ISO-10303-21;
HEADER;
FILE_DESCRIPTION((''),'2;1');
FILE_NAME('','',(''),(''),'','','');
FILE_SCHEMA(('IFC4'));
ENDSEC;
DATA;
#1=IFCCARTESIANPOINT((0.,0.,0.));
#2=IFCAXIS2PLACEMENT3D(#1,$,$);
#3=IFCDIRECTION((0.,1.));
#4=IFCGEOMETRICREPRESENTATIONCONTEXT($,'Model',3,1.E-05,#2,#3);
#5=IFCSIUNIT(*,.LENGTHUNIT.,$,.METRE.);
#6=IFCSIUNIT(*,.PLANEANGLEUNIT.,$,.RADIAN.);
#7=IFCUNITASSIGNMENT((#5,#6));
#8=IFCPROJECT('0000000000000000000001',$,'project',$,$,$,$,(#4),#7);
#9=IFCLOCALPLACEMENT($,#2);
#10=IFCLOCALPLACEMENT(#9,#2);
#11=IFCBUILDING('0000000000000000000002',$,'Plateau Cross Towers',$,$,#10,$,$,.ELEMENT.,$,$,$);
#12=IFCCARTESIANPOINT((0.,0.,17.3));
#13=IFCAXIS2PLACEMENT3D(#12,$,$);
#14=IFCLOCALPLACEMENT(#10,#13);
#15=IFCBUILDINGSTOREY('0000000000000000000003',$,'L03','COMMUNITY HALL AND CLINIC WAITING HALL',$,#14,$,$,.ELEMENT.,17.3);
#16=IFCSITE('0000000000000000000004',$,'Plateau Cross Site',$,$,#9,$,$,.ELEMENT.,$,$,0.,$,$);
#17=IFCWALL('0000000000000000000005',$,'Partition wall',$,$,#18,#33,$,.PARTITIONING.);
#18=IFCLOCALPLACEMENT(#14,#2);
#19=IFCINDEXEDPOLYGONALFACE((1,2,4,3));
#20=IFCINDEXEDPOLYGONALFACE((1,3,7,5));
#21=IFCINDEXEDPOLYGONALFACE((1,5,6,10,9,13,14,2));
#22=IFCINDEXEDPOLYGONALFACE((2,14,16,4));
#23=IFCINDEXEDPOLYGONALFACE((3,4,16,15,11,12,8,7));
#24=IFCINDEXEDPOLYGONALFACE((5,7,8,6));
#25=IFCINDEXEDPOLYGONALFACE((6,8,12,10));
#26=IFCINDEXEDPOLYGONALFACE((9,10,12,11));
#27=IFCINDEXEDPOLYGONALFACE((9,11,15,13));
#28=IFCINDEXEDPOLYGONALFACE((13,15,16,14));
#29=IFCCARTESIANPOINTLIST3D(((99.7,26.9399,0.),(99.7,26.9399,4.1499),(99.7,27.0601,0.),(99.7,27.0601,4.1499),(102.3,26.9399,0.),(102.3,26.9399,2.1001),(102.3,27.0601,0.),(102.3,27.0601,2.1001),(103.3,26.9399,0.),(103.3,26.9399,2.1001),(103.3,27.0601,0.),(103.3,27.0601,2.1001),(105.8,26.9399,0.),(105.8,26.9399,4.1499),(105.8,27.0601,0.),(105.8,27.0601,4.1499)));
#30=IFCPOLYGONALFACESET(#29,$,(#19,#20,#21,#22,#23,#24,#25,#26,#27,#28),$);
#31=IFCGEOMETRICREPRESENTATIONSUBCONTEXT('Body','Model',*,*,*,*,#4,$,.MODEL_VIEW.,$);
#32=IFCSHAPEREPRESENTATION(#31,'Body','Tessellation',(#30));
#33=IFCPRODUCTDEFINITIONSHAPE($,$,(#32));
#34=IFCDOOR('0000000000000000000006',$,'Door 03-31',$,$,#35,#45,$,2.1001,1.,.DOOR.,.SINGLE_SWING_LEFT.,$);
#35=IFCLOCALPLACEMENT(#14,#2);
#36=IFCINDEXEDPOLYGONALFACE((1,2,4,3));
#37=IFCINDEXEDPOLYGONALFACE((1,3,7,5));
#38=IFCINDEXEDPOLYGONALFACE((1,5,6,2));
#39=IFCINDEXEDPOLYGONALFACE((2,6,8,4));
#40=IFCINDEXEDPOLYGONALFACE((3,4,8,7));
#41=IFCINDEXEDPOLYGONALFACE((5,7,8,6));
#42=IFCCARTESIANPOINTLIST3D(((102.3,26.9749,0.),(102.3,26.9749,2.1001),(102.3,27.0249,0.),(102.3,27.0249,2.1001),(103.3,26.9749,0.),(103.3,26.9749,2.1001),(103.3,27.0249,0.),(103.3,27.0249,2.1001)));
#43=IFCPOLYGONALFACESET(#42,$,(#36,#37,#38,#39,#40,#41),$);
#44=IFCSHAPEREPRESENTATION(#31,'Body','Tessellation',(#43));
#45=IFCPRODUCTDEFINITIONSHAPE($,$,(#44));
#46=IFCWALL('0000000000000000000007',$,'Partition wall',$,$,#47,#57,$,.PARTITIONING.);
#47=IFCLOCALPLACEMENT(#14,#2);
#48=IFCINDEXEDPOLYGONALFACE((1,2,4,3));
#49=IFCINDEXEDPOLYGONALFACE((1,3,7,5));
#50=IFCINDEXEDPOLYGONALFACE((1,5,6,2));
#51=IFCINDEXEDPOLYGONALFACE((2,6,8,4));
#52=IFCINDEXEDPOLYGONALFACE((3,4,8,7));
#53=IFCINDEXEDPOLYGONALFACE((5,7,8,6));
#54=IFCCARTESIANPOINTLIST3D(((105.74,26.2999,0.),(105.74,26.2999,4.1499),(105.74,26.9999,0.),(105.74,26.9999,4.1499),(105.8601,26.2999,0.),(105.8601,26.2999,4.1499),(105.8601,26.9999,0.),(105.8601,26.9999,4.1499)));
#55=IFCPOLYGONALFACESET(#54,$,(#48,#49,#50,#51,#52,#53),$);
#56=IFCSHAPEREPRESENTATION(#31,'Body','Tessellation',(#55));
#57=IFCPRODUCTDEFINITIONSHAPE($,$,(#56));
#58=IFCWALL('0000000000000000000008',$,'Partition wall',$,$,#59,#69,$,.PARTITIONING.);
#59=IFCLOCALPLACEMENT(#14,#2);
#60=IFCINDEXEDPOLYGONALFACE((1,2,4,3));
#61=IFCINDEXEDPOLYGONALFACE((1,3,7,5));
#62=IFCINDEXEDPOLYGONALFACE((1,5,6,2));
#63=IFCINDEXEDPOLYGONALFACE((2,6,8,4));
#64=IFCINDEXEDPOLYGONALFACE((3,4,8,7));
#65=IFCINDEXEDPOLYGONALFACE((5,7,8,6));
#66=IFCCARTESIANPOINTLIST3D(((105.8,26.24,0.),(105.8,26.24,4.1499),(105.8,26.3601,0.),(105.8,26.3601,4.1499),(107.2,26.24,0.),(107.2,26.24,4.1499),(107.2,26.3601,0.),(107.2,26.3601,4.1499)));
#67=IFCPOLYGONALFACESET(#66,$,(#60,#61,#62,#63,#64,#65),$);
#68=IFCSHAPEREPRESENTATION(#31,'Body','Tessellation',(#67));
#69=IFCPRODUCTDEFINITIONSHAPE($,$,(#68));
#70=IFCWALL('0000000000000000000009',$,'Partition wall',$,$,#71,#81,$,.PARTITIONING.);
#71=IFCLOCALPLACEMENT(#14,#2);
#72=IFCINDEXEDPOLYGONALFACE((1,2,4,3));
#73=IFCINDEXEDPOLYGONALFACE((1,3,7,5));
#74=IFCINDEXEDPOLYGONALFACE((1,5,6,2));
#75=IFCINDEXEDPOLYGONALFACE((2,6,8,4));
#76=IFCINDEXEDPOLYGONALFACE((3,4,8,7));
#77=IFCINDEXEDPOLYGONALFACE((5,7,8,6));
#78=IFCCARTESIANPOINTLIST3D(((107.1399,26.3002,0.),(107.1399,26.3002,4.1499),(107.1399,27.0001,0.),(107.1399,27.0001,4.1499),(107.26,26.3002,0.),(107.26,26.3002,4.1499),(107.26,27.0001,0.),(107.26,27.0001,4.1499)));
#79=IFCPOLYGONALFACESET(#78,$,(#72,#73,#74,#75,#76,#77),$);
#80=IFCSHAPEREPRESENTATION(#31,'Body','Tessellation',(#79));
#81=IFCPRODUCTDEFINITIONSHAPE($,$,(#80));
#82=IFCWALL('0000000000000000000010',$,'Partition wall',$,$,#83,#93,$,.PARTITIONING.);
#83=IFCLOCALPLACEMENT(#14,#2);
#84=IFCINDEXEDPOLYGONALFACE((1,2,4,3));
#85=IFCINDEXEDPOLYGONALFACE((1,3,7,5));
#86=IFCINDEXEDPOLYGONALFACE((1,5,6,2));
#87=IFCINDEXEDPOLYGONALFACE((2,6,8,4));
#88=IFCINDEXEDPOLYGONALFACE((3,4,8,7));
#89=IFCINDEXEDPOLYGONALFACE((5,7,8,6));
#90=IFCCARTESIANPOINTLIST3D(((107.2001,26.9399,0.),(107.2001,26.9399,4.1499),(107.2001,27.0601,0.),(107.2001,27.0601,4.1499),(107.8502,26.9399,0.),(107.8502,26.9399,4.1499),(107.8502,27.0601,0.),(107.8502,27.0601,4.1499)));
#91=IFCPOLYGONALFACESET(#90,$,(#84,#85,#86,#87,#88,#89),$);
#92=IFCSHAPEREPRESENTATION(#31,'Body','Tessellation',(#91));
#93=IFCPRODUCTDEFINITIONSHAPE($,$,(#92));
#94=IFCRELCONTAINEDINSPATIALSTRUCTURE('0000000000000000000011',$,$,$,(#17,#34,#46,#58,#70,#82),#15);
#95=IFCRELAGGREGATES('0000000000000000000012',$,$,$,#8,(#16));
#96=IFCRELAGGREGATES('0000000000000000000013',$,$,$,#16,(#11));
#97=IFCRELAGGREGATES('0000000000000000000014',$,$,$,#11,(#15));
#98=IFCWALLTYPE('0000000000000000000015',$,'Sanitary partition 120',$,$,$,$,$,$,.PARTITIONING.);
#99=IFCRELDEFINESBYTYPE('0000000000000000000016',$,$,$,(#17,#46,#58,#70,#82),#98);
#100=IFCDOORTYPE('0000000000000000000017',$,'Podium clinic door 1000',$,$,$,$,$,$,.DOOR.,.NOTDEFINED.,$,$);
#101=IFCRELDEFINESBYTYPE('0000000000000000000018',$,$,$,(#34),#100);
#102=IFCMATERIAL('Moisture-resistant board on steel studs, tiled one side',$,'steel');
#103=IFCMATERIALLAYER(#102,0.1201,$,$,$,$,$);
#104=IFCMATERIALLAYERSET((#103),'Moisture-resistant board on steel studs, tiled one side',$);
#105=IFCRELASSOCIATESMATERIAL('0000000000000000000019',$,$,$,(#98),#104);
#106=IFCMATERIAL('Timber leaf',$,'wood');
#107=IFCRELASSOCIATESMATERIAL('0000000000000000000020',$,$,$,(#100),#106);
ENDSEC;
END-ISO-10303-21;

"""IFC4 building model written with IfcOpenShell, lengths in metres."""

from ifc_helpers import new_model, si_unit, direction, frame, frame_2d, origin, place, context, subcontext, project, spatial, rectangle, extrude, material, layer, layer_set, type_object, element, fill, save


model = new_model("IFC4")

# Units and contexts
model_context = context("Model", 3, precision=1e-05, world=origin(), true_north=direction((0.0, 1.0)))
body_context = subcontext(model_context, "Body", "Model", "MODEL_VIEW")
ifc_project = project(units=[si_unit("LENGTHUNIT", "METRE"), si_unit("PLANEANGLEUNIT", "RADIAN")], contexts=[model_context])

# Site, building, storey
site_placement = place(None, origin())
site = spatial("IfcSite", under=ifc_project, at=site_placement, Name="Plateau Cross Site", CompositionType="ELEMENT", RefElevation=0.0)
building_placement = place(site_placement, origin())
building = spatial("IfcBuilding", under=site, at=building_placement, Name="Plateau Cross Towers", CompositionType="ELEMENT")
storey_placement = place(building_placement, frame((0.0, 0.0, 17.3)))
storey = spatial("IfcBuildingStorey", under=building, at=storey_placement, Name="L03", Description="COMMUNITY HALL AND CLINIC WAITING HALL", CompositionType="ELEMENT", Elevation=17.3)

# Shared definitions
ifc_material_1 = material(Name="Moisture-resistant board on steel studs, tiled one side", Category="steel")
ifc_layer_1 = layer(ifc_material_1, 0.1201)
ifc_layer_set_1 = layer_set([ifc_layer_1], Name="Moisture-resistant board on steel studs, tiled one side")
wall_type_1 = type_object("IfcWallType", Name="Sanitary partition 120", PredefinedType="PARTITIONING", material=ifc_layer_set_1)

# Wall, opening, door
wall_1_placement = place(storey_placement, frame((99.7, 27.0, 0.0), z_axis=(0.0, 0.0, 1.0), x_axis=(1.0, 0.0, 0.0)))
wall_1 = element("IfcWall", 1, at=wall_1_placement, inside=storey, type_object=wall_type_1, Name="Partition wall", PredefinedType="PARTITIONING", context=body_context, shape_type="SweptSolid", body=[
    extrude(rectangle(XDim=6.1001, YDim=0.1201, at=frame_2d((3.05, 0.0))), origin(), (0.0, 0.0, 1.0), 4.1499),
])
opening_1_placement = place(wall_1_placement, frame((2.6001, 0.0, 0.0)))
opening_1 = element("IfcOpeningElement", 2, at=opening_1_placement, cuts=wall_1, PredefinedType="OPENING", context=body_context, shape_type="SweptSolid", body=[
    extrude(rectangle(XDim=1.0, YDim=2.1001, at=frame_2d((0.5, 1.05))), frame((0.0, 0.0701, 0.0), z_axis=(0.0, -1.0, 0.0), x_axis=(1.0, 0.0, 0.0)), (0.0, 0.0, 1.0), 0.1401),
])
ifc_material_2 = material(Name="Timber leaf", Category="wood")
door_type_1 = type_object("IfcDoorType", Name="Podium clinic door 1000", OperationType="NOTDEFINED", PredefinedType="DOOR", material=ifc_material_2)
door_1_placement = place(opening_1_placement, origin())
door_1 = element("IfcDoor", 3, at=door_1_placement, inside=storey, type_object=door_type_1, Name="Door 03-31", OperationType="SINGLE_SWING_LEFT", OverallHeight=2.1001, OverallWidth=1.0, PredefinedType="DOOR", context=body_context, shape_type="SweptSolid", body=[
    extrude(rectangle(XDim=1.0, YDim=2.1001, at=frame_2d((0.5, 1.05))), frame((0.0, 0.0249, 0.0), z_axis=(0.0, -1.0, 0.0), x_axis=(1.0, 0.0, 0.0)), (0.0, 0.0, 1.0), 0.05),
])
fill(opening_1, door_1)

# Walls
wall_2_placement = place(storey_placement, frame((105.8, 27.0, 0.0), z_axis=(0.0, 0.0, 1.0), x_axis=(0.0, -1.0, 0.0)))
element("IfcWall", 4, at=wall_2_placement, inside=storey, type_object=wall_type_1, Name="Partition wall", PredefinedType="PARTITIONING", context=body_context, shape_type="SweptSolid", body=[
    extrude(rectangle(XDim=0.7, YDim=0.1201, at=frame_2d((0.3501, 0.0))), origin(), (0.0, 0.0, 1.0), 4.1499),
])
wall_3_placement = place(storey_placement, frame((105.8, 26.3, 0.0), z_axis=(0.0, 0.0, 1.0), x_axis=(1.0, 0.0, 0.0)))
element("IfcWall", 5, at=wall_3_placement, inside=storey, type_object=wall_type_1, Name="Partition wall", PredefinedType="PARTITIONING", context=body_context, shape_type="SweptSolid", body=[
    extrude(rectangle(XDim=1.3999, YDim=0.1201, at=frame_2d((0.7, 0.0))), origin(), (0.0, 0.0, 1.0), 4.1499),
])
wall_4_placement = place(storey_placement, frame((107.2, 26.3, 0.0), z_axis=(0.0, 0.0, 1.0), x_axis=(0.0, 1.0, 0.0)))
element("IfcWall", 6, at=wall_4_placement, inside=storey, type_object=wall_type_1, Name="Partition wall", PredefinedType="PARTITIONING", context=body_context, shape_type="SweptSolid", body=[
    extrude(rectangle(XDim=0.7, YDim=0.1201, at=frame_2d((0.3501, 0.0))), origin(), (0.0, 0.0, 1.0), 4.1499),
])
wall_5_placement = place(storey_placement, frame((107.2, 27.0, 0.0), z_axis=(0.0, 0.0, 1.0), x_axis=(1.0, 0.0, 0.0)))
element("IfcWall", 7, at=wall_5_placement, inside=storey, type_object=wall_type_1, Name="Partition wall", PredefinedType="PARTITIONING", context=body_context, shape_type="SweptSolid", body=[
    extrude(rectangle(XDim=0.6501, YDim=0.1201, at=frame_2d((0.3252, 0.0))), origin(), (0.0, 0.0, 1.0), 4.1499),
])

save(model, "model.ifc")
